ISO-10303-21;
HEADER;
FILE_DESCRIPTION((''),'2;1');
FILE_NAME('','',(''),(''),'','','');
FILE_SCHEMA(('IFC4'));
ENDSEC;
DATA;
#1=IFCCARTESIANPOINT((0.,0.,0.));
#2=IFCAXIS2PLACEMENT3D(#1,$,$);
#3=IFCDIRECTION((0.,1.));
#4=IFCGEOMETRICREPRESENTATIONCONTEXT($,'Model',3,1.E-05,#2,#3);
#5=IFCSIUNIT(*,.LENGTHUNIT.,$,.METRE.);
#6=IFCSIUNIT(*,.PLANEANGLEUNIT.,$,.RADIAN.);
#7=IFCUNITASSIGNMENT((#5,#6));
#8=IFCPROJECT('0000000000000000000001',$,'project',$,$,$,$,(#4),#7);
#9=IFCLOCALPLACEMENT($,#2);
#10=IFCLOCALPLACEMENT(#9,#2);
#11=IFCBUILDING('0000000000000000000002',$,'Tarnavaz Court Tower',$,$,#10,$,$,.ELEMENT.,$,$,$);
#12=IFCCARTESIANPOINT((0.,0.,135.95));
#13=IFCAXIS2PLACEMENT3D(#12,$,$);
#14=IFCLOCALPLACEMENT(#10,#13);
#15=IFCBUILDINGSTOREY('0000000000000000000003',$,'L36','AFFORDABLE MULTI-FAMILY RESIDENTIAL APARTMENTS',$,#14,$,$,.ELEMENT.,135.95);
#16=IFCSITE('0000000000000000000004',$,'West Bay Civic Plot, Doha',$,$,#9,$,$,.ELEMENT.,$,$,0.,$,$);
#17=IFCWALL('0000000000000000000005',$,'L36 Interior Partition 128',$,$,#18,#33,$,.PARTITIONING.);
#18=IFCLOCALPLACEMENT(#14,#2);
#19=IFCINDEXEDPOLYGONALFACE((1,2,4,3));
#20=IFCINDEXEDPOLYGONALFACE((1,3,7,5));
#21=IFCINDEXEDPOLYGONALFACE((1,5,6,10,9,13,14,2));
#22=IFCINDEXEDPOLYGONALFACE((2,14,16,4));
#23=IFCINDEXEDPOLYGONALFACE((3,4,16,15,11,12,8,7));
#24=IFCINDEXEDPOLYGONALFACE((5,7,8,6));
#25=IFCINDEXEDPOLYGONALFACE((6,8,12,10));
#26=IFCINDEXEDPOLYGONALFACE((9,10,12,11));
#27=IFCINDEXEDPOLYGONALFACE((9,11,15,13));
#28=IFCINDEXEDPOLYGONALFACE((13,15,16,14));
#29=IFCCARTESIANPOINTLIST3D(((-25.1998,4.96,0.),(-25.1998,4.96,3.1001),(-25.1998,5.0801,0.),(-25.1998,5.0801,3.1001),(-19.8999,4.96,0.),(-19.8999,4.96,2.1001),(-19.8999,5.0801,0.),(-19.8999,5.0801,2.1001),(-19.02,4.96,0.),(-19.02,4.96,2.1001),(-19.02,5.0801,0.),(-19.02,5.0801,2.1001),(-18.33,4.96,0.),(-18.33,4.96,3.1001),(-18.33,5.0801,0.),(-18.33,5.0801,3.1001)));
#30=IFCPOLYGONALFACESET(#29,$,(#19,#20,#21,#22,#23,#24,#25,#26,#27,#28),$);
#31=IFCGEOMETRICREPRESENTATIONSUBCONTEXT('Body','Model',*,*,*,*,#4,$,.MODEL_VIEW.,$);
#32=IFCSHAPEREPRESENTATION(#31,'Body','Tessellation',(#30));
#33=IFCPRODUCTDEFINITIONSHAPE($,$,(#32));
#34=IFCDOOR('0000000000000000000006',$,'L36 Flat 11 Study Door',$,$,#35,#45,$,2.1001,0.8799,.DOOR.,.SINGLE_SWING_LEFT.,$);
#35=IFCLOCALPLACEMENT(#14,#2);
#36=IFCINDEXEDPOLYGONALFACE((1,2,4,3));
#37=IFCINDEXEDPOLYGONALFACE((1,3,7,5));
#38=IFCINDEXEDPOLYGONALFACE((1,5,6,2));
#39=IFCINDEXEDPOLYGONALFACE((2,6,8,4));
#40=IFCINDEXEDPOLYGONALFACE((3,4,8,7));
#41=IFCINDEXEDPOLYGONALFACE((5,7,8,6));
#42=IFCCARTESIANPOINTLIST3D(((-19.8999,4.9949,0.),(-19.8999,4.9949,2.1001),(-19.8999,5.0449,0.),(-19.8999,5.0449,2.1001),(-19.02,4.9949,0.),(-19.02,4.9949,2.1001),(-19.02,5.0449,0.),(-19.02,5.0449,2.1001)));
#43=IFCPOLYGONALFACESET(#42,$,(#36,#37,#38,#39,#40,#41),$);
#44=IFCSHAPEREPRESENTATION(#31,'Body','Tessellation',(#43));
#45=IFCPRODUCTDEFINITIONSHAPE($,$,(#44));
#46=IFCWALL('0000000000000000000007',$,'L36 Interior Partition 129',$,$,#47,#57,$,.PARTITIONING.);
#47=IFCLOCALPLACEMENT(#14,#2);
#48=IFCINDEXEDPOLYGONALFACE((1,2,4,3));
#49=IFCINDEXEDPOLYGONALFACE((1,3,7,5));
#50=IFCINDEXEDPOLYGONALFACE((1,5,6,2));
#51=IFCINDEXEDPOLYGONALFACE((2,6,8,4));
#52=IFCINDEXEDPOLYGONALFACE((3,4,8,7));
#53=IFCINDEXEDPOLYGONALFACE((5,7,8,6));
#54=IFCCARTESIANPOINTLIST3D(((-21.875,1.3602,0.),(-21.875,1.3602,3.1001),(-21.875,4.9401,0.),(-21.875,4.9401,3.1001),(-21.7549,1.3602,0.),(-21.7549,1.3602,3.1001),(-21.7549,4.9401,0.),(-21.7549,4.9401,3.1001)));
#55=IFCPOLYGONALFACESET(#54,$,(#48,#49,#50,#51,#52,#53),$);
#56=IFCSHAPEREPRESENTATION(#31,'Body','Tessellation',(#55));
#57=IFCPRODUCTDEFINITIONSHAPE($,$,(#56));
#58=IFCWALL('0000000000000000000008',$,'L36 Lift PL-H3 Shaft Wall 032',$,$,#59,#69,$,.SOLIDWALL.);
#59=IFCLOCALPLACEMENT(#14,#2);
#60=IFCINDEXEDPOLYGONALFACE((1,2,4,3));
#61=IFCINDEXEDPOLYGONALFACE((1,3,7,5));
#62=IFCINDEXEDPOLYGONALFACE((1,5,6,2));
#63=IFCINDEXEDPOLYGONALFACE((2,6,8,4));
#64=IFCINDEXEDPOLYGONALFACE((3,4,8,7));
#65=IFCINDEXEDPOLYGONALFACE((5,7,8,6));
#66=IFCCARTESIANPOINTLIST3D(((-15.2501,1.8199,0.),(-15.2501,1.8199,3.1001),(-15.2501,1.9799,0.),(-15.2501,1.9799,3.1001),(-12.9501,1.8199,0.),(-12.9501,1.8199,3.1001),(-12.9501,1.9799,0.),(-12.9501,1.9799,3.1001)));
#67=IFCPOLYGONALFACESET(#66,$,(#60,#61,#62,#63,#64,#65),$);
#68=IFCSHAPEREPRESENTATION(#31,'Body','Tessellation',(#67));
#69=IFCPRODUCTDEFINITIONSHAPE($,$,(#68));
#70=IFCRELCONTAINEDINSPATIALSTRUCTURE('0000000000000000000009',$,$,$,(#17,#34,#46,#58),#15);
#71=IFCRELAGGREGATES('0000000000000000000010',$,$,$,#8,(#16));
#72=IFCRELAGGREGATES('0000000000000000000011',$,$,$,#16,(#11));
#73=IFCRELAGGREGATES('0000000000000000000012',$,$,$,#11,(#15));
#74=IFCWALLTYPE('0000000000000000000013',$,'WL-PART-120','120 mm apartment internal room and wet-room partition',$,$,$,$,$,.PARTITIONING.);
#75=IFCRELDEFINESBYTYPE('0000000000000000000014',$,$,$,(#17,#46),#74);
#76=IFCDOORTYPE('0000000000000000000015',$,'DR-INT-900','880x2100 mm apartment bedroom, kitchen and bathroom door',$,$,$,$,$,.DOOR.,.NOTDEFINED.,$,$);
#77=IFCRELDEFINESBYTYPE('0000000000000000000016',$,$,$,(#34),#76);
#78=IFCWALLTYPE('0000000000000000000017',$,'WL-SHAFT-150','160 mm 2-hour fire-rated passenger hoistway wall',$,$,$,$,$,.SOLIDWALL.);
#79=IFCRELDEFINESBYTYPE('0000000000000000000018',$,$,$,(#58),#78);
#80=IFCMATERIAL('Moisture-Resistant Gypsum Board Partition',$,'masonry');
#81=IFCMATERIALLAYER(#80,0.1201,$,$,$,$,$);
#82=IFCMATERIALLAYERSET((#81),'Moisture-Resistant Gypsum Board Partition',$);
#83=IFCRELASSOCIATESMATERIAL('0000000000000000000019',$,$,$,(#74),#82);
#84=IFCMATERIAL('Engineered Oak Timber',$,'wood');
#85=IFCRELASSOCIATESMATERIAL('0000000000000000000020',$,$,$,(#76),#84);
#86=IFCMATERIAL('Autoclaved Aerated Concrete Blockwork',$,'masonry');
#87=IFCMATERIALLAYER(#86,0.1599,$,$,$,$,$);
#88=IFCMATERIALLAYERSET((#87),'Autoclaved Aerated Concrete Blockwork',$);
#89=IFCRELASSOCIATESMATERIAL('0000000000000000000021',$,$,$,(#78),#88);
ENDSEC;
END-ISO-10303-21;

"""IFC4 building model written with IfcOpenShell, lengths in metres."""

from ifc_helpers import new_model, si_unit, direction, frame, frame_2d, origin, place, context, subcontext, project, spatial, rectangle, extrude, material, layer, layer_set, type_object, element, fill, save


model = new_model("IFC4")

# Units and contexts
model_context = context("Model", 3, precision=1e-05, world=origin(), true_north=direction((0.0, 1.0)))
body_context = subcontext(model_context, "Body", "Model", "MODEL_VIEW")
ifc_project = project(units=[si_unit("LENGTHUNIT", "METRE"), si_unit("PLANEANGLEUNIT", "RADIAN")], contexts=[model_context])

# Site, building, storey
site_placement = place(None, origin())
site = spatial("IfcSite", under=ifc_project, at=site_placement, Name="West Bay Civic Plot, Doha", CompositionType="ELEMENT", RefElevation=0.0)
building_placement = place(site_placement, origin())
building = spatial("IfcBuilding", under=site, at=building_placement, Name="Tarnavaz Court Tower", CompositionType="ELEMENT")
storey_placement = place(building_placement, frame((0.0, 0.0, 135.95)))
storey = spatial("IfcBuildingStorey", under=building, at=storey_placement, Name="L36", Description="AFFORDABLE MULTI-FAMILY RESIDENTIAL APARTMENTS", CompositionType="ELEMENT", Elevation=135.95)

# Shared definitions
ifc_material_1 = material(Name="Autoclaved Aerated Concrete Blockwork", Category="masonry")

# Shared definitions
ifc_material_2 = material(Name="Moisture-Resistant Gypsum Board Partition", Category="masonry")
ifc_layer_1 = layer(ifc_material_2, 0.1201)
ifc_layer_set_1 = layer_set([ifc_layer_1], Name="Moisture-Resistant Gypsum Board Partition")
wall_type_1 = type_object("IfcWallType", Name="WL-PART-120", Description="120 mm apartment internal room and wet-room partition", PredefinedType="PARTITIONING", material=ifc_layer_set_1)
ifc_material_3 = material(Name="Engineered Oak Timber", Category="wood")
door_type_1 = type_object("IfcDoorType", Name="DR-INT-900", Description="880x2100 mm apartment bedroom, kitchen and bathroom door", OperationType="NOTDEFINED", PredefinedType="DOOR", material=ifc_material_3)

# Wall, opening, door
wall_1_placement = place(storey_placement, frame((-25.2, 5.02, 0.0), z_axis=(0.0, 0.0, 1.0), x_axis=(1.0, 0.0, 0.0)))
wall_1 = element("IfcWall", 1, at=wall_1_placement, inside=storey, type_object=wall_type_1, Name="L36 Interior Partition 128", PredefinedType="PARTITIONING", context=body_context, shape_type="SweptSolid", body=[
    extrude(rectangle(XDim=6.8699, YDim=0.1201, at=frame_2d((3.4351, 0.0))), origin(), (0.0, 0.0, 1.0), 3.1001),
])
opening_1_placement = place(wall_1_placement, frame((5.3, 0.0, 0.0)))
opening_1 = element("IfcOpeningElement", 2, at=opening_1_placement, cuts=wall_1, PredefinedType="OPENING", context=body_context, shape_type="SweptSolid", body=[
    extrude(rectangle(XDim=0.8799, YDim=2.1001, at=frame_2d((0.4399, 1.05))), frame((0.0, 0.0701, 0.0), z_axis=(0.0, -1.0, 0.0), x_axis=(1.0, 0.0, 0.0)), (0.0, 0.0, 1.0), 0.1401),
])
door_1_placement = place(opening_1_placement, origin())
door_1 = element("IfcDoor", 3, at=door_1_placement, inside=storey, type_object=door_type_1, Name="L36 Flat 11 Study Door", OperationType="SINGLE_SWING_LEFT", OverallHeight=2.1001, OverallWidth=0.8799, PredefinedType="DOOR", context=body_context, shape_type="SweptSolid", body=[
    extrude(rectangle(XDim=0.8799, YDim=2.1001, at=frame_2d((0.4399, 1.05))), frame((0.0, 0.0249, 0.0), z_axis=(0.0, -1.0, 0.0), x_axis=(1.0, 0.0, 0.0)), (0.0, 0.0, 1.0), 0.05),
])
fill(opening_1, door_1)

# Walls
wall_2_placement = place(storey_placement, frame((-21.8149, 1.3601, 0.0), z_axis=(0.0, 0.0, 1.0), x_axis=(0.0, 1.0, 0.0)))
element("IfcWall", 4, at=wall_2_placement, inside=storey, type_object=wall_type_1, Name="L36 Interior Partition 129", PredefinedType="PARTITIONING", context=body_context, shape_type="SweptSolid", body=[
    extrude(rectangle(XDim=3.5798, YDim=0.1201, at=frame_2d((1.79, 0.0))), origin(), (0.0, 0.0, 1.0), 3.1001),
])
ifc_layer_2 = layer(ifc_material_1, 0.1599)
ifc_layer_set_2 = layer_set([ifc_layer_2], Name="Autoclaved Aerated Concrete Blockwork")
wall_type_2 = type_object("IfcWallType", Name="WL-SHAFT-150", Description="160 mm 2-hour fire-rated passenger hoistway wall", PredefinedType="SOLIDWALL", material=ifc_layer_set_2)
wall_3_placement = place(storey_placement, frame((-15.25, 1.8999, 0.0), z_axis=(0.0, 0.0, 1.0), x_axis=(1.0, 0.0, 0.0)))
element("IfcWall", 5, at=wall_3_placement, inside=storey, type_object=wall_type_2, Name="L36 Lift PL-H3 Shaft Wall 032", PredefinedType="SOLIDWALL", context=body_context, shape_type="SweptSolid", body=[
    extrude(rectangle(XDim=2.3, YDim=0.1599, at=frame_2d((1.1499, 0.0))), origin(), (0.0, 0.0, 1.0), 3.1001),
])

save(model, "model.ifc")
